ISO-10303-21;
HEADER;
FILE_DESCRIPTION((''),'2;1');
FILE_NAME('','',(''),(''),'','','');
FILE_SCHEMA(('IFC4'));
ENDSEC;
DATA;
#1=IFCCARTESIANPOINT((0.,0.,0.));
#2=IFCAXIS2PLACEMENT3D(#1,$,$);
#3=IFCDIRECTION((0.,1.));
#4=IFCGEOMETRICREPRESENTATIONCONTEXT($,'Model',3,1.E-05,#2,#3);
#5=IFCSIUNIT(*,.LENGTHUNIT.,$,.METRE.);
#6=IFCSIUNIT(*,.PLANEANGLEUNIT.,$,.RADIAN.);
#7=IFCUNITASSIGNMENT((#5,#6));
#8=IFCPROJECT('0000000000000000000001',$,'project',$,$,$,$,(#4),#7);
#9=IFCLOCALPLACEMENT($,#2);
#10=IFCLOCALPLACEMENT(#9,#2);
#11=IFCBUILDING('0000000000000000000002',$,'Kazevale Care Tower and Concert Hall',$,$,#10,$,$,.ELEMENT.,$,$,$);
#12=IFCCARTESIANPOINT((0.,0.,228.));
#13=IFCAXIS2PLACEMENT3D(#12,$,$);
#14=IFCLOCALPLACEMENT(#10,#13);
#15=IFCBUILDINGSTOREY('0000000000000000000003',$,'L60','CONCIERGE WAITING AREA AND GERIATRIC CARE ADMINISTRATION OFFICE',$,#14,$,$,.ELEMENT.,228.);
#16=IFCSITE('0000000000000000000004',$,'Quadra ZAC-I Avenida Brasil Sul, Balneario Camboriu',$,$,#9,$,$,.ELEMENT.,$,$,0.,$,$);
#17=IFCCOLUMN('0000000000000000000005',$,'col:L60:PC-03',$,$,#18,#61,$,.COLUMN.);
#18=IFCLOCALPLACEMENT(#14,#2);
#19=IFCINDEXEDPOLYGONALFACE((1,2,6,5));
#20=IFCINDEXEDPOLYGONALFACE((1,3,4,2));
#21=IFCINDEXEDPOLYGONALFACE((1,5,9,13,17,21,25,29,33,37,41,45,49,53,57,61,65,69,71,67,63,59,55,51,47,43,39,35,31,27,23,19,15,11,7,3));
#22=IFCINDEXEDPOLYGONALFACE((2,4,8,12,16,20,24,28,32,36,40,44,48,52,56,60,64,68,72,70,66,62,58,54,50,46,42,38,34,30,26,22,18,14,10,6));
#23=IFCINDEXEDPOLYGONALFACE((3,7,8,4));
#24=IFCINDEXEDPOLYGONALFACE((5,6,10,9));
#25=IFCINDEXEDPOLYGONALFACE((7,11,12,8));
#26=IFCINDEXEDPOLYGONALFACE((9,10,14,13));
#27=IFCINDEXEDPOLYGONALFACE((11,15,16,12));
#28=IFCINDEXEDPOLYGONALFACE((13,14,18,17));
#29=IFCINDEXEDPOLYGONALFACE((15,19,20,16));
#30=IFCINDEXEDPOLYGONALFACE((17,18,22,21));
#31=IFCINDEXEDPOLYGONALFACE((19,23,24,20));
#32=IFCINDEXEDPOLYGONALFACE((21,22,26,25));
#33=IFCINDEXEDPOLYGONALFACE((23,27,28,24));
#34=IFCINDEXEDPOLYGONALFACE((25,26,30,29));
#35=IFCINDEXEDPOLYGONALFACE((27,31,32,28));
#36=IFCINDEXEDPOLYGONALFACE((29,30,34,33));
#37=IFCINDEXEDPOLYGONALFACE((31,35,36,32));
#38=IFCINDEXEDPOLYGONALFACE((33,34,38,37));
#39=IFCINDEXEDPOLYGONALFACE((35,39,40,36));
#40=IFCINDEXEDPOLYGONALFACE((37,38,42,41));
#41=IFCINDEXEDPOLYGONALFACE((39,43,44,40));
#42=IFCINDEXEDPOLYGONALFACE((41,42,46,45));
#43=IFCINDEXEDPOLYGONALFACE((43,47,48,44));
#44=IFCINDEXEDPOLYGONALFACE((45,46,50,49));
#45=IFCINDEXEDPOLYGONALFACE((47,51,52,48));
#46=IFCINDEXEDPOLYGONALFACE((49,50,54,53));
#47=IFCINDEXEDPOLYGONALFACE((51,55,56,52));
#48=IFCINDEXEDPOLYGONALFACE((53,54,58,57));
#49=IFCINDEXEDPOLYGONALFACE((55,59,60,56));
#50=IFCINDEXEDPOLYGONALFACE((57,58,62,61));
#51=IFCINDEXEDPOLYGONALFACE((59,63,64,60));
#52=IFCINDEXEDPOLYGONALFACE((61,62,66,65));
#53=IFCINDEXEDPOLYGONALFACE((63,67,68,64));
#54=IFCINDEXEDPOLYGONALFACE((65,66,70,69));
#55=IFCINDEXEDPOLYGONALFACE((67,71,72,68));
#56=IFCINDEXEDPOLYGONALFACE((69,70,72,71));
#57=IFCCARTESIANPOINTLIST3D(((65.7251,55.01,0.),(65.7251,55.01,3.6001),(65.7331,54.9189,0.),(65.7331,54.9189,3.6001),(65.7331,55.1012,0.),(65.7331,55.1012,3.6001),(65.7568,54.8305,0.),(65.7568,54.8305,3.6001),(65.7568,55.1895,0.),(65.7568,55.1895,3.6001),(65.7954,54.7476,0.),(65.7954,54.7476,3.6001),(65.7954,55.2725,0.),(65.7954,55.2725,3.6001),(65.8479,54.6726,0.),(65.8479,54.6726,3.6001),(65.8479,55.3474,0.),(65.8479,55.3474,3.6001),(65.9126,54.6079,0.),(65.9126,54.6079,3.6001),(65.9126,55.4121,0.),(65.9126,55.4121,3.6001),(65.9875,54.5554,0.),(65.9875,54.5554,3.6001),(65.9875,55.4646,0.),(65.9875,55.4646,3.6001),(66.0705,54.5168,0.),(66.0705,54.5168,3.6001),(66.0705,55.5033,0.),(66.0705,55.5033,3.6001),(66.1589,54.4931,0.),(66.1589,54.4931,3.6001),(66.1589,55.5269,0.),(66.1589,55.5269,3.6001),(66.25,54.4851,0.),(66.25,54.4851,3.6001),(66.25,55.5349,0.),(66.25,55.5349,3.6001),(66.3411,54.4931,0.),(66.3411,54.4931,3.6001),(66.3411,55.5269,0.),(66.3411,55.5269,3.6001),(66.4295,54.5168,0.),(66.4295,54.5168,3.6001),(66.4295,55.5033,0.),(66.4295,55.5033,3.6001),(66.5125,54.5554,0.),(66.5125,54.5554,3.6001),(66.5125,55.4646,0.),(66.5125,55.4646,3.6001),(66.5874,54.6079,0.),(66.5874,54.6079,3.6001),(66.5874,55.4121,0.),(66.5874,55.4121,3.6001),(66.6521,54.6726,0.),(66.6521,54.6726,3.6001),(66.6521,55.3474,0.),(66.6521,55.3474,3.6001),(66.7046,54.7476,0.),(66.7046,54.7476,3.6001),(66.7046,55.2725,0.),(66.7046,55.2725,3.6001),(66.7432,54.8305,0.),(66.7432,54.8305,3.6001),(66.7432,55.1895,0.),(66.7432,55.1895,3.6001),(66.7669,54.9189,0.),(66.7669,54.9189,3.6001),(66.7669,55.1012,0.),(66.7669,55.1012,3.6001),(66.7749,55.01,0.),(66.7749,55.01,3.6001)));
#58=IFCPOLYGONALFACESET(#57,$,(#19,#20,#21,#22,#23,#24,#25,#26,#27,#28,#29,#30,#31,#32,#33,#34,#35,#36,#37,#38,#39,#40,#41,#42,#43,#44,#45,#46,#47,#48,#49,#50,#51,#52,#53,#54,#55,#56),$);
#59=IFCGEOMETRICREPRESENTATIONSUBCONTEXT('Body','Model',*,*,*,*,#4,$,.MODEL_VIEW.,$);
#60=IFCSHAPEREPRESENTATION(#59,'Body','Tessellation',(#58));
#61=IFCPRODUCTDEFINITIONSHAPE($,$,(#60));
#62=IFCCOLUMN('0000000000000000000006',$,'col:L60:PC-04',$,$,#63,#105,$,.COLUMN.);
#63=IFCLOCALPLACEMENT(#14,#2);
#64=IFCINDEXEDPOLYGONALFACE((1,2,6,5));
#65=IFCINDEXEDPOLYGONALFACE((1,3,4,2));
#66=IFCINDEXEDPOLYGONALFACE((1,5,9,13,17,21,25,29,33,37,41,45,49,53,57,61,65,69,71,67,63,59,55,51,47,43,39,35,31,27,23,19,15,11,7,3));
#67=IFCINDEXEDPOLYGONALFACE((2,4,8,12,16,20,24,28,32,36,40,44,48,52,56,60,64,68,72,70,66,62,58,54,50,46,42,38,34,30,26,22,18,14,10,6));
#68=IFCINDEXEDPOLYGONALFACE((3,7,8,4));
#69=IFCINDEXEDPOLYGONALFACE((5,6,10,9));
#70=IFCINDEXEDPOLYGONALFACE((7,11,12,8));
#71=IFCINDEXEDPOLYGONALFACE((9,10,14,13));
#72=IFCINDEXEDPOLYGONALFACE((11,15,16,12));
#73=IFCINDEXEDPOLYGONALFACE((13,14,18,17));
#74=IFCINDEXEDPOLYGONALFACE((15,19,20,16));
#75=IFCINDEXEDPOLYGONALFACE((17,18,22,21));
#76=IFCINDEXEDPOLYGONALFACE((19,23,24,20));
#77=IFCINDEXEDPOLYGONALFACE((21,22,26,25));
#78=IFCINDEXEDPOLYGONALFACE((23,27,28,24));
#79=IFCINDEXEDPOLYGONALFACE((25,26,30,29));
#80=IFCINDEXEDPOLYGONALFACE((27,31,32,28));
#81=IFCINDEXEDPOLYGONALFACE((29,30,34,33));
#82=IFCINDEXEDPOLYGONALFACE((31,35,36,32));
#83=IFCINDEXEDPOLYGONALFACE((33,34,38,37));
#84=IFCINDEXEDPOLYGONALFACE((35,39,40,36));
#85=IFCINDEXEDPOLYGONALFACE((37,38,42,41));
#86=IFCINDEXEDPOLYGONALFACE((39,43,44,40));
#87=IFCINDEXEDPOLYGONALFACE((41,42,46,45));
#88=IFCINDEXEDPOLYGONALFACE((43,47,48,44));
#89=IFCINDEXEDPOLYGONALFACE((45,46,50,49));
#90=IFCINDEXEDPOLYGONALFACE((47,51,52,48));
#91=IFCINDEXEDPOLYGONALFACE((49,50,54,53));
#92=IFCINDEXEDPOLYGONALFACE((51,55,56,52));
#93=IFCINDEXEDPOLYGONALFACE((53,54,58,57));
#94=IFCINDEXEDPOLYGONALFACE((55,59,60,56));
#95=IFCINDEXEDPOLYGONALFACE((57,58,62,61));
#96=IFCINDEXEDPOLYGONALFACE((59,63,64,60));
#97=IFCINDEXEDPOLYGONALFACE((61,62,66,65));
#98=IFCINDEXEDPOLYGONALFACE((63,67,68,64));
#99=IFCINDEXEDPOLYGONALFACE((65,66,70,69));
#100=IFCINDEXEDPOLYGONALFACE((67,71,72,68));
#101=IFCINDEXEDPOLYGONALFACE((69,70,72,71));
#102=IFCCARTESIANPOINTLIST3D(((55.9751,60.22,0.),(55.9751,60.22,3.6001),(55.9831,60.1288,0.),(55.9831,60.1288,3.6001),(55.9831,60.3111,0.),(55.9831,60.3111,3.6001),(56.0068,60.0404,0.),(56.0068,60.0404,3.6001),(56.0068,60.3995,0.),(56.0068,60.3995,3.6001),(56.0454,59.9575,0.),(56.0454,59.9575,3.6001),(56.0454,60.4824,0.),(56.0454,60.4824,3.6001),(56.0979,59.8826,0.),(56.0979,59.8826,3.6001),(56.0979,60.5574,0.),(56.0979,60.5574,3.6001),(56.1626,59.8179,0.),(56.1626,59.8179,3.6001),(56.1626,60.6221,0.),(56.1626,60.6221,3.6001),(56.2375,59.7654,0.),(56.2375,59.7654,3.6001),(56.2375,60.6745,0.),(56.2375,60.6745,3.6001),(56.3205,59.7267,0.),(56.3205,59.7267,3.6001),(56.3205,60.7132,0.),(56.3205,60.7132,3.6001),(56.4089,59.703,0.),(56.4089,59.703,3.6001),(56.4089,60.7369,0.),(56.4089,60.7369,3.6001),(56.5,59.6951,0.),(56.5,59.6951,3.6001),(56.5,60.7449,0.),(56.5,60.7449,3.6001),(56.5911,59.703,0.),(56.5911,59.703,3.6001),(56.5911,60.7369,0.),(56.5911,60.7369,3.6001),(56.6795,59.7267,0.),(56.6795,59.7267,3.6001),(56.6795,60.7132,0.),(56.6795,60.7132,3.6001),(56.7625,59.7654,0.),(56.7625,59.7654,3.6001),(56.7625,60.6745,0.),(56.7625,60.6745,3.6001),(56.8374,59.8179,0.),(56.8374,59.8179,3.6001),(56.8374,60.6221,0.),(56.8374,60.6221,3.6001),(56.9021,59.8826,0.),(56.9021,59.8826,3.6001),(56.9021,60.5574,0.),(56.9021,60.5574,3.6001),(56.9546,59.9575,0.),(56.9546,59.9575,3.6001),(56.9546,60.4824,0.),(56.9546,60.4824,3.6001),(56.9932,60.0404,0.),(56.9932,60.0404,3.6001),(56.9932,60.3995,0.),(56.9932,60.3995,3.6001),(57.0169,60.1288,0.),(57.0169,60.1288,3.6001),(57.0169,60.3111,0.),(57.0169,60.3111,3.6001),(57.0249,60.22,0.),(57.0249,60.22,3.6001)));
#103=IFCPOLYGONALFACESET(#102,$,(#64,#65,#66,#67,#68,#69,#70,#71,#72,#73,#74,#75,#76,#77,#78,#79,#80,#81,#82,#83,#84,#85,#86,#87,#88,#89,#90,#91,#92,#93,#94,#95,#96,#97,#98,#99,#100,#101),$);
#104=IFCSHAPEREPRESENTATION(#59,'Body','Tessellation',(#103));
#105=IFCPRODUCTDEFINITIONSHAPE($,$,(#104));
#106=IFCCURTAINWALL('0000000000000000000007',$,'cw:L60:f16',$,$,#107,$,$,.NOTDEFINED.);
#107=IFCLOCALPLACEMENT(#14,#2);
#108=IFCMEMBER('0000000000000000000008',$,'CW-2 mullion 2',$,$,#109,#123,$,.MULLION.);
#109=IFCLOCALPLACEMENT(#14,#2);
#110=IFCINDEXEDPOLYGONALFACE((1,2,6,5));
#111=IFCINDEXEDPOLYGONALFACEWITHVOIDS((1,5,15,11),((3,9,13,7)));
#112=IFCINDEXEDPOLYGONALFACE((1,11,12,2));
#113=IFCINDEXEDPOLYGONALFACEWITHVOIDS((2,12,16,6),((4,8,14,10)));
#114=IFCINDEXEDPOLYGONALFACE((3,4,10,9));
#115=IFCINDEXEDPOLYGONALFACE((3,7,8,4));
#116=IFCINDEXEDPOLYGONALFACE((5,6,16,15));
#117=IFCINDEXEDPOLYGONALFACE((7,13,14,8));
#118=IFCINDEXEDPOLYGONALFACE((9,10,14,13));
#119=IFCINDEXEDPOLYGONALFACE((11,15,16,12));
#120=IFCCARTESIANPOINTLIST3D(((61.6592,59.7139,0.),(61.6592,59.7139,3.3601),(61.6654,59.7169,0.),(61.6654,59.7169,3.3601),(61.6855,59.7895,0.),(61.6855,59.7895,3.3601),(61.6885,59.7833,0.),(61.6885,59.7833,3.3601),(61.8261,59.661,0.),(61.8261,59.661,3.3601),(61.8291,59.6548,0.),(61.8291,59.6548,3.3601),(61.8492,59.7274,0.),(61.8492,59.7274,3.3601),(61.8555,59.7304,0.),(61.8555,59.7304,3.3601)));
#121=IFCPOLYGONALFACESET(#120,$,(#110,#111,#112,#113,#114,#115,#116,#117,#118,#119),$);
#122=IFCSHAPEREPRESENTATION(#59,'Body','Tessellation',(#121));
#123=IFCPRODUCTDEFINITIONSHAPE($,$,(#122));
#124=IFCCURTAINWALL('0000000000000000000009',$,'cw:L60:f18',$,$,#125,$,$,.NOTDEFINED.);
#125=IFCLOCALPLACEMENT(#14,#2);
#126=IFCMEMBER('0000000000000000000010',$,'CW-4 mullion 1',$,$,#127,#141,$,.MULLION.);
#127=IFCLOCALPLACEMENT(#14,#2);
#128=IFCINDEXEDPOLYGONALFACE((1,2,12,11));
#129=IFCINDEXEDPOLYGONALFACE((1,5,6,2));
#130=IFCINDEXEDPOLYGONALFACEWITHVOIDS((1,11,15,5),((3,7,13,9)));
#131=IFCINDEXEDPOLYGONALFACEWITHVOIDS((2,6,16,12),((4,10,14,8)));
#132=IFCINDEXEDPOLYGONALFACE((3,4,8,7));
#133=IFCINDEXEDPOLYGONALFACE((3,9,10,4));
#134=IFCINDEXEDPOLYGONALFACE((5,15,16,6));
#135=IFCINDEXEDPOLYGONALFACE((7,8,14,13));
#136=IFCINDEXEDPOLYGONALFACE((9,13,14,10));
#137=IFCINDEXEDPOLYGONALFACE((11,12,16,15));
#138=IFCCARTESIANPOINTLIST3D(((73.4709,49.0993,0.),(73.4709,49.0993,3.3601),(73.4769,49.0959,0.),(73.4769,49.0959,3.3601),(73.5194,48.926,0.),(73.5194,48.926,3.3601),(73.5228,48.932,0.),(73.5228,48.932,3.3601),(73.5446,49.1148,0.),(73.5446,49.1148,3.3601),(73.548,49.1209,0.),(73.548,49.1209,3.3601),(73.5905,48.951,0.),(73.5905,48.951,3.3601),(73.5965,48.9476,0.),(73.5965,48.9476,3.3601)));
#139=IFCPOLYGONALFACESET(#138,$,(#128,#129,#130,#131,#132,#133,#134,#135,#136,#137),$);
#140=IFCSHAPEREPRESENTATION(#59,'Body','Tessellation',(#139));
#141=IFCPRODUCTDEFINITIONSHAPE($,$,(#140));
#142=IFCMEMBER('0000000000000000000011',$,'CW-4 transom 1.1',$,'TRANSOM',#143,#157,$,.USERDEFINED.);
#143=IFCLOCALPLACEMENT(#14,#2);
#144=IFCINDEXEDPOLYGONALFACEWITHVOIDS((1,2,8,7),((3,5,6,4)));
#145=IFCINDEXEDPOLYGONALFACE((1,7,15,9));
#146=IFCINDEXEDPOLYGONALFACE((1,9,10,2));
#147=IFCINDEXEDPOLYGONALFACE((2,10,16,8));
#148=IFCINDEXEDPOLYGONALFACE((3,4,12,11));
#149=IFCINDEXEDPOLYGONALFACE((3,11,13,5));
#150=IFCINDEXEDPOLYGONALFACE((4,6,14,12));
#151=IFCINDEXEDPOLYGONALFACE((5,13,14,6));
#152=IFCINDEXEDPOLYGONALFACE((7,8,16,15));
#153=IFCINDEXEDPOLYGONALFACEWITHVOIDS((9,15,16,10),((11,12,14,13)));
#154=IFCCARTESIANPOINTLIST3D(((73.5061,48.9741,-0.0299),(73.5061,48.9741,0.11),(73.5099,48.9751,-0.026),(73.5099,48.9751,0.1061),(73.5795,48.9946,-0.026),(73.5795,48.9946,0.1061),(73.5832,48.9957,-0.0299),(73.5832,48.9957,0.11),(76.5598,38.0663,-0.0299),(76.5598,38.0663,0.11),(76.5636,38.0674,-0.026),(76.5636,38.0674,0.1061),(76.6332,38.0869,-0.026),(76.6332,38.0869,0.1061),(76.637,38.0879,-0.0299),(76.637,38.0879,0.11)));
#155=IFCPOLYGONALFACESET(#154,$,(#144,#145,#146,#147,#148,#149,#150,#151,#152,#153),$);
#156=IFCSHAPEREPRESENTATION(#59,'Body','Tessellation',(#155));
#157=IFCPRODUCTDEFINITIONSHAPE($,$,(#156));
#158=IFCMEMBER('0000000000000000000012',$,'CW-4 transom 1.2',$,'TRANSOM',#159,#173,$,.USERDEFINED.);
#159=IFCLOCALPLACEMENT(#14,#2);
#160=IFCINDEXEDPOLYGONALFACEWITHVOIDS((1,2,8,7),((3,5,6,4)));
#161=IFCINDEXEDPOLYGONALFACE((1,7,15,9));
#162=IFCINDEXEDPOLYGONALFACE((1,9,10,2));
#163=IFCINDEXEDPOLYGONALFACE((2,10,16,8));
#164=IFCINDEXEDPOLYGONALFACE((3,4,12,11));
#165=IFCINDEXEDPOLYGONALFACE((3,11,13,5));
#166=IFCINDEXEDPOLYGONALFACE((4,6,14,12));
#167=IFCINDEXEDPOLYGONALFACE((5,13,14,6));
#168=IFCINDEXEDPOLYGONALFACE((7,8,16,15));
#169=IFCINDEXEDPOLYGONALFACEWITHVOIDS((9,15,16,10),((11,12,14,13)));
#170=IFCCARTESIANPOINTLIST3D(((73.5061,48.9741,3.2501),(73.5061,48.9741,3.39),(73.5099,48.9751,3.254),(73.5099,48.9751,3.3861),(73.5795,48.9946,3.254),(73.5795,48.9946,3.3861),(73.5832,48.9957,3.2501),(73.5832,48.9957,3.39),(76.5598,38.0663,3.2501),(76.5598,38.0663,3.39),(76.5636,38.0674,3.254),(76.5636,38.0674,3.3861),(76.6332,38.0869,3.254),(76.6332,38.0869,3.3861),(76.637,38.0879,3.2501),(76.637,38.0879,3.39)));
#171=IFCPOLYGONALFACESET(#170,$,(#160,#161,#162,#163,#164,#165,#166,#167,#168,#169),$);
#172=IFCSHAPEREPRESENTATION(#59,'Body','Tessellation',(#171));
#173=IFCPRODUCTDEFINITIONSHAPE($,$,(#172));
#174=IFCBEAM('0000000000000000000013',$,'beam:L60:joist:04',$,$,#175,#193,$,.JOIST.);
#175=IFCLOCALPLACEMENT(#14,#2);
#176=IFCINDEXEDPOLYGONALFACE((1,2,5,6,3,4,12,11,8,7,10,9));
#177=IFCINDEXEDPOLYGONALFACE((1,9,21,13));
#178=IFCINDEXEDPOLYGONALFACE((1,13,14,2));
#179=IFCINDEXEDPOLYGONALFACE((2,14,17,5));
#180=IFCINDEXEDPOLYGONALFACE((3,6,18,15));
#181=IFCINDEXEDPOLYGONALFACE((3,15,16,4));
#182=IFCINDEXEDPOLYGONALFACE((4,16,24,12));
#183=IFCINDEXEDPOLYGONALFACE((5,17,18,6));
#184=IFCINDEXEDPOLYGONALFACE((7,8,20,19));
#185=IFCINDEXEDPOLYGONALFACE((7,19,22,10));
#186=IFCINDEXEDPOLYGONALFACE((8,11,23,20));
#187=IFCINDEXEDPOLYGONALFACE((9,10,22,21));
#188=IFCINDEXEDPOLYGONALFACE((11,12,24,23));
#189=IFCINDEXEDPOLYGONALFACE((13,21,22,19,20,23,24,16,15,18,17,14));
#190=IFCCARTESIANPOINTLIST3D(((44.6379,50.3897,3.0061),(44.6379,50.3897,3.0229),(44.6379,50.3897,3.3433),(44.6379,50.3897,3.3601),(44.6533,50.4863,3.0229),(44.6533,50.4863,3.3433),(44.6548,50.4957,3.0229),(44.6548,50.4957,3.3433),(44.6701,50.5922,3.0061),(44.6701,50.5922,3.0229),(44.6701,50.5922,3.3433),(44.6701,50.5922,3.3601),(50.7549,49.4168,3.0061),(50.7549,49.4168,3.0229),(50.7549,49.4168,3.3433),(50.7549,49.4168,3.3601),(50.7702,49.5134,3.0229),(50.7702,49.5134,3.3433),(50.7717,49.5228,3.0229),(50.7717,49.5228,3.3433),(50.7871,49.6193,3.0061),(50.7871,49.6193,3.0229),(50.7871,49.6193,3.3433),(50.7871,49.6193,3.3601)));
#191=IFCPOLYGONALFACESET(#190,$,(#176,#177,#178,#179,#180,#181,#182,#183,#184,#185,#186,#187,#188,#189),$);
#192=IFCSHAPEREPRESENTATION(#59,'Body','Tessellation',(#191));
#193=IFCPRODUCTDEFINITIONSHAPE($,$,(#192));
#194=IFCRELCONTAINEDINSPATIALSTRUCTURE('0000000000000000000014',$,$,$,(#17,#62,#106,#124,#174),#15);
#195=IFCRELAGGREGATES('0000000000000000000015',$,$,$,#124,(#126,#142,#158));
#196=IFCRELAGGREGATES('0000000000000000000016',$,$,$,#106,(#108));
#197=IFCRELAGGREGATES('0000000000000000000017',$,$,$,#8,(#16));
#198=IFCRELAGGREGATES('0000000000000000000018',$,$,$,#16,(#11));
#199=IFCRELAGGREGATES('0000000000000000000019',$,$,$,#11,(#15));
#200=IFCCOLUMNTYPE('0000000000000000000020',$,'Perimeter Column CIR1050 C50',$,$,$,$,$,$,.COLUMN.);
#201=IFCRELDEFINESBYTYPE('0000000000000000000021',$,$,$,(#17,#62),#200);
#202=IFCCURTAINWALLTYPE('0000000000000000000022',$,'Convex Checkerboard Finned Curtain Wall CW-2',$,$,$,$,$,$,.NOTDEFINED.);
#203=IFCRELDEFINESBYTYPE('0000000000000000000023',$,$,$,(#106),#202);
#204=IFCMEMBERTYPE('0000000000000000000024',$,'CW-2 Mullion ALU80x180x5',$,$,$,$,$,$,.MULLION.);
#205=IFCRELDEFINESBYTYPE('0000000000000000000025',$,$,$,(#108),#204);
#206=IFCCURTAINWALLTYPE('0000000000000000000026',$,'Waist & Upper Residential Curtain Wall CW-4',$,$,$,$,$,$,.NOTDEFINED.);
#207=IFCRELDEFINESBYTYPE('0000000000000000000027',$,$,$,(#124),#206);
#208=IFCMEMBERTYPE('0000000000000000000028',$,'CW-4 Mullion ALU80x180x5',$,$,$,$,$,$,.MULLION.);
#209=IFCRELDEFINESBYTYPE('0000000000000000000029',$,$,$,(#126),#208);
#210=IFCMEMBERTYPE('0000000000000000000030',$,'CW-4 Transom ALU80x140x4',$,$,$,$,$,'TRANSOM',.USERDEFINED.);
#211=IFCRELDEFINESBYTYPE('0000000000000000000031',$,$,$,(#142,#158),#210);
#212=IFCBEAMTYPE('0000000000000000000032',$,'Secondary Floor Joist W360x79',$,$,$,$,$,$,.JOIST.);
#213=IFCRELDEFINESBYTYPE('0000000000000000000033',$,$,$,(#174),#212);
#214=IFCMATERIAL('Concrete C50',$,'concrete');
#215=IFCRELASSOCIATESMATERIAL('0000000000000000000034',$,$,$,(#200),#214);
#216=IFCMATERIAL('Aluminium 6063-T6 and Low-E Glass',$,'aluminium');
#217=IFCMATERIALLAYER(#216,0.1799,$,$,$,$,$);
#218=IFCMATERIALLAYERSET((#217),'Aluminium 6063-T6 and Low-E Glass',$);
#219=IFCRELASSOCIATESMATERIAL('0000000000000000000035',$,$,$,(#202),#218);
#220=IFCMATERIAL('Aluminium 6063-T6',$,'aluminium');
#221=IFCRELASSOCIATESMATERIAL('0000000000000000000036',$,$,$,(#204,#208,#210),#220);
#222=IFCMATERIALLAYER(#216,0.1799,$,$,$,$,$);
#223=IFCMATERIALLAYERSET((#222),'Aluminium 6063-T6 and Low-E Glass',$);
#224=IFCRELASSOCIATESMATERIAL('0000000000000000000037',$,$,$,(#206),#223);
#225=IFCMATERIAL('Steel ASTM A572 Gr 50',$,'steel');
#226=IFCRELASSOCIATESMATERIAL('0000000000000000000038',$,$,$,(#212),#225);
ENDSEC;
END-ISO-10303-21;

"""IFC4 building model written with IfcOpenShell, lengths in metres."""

from ifc_helpers import new_model, si_unit, direction, frame, origin, origin_2d, place, context, subcontext, project, spatial, hollow_rectangle, circle, i_section, extrude, material, layer, layer_set, material_profile, profile_set, type_object, element, aggregate, save


model = new_model("IFC4")

# Units and contexts
model_context = context("Model", 3, precision=1e-05, world=origin(), true_north=direction((0.0, 1.0)))
body_context = subcontext(model_context, "Body", "Model", "MODEL_VIEW")
ifc_project = project(units=[si_unit("LENGTHUNIT", "METRE"), si_unit("PLANEANGLEUNIT", "RADIAN")], contexts=[model_context])

# Site, building, storey
site_placement = place(None, origin())
site = spatial("IfcSite", under=ifc_project, at=site_placement, Name="Quadra ZAC-I Avenida Brasil Sul, Balneario Camboriu", CompositionType="ELEMENT", RefElevation=0.0)
building_placement = place(site_placement, origin())
building = spatial("IfcBuilding", under=site, at=building_placement, Name="Kazevale Care Tower and Concert Hall", CompositionType="ELEMENT")
storey_placement = place(building_placement, frame((0.0, 0.0, 228.0)))
storey = spatial("IfcBuildingStorey", under=building, at=storey_placement, Name="L60", Description="CONCIERGE WAITING AREA AND GERIATRIC CARE ADMINISTRATION OFFICE", CompositionType="ELEMENT", Elevation=228.0)

# Columns
ifc_material_1 = material(Name="Concrete C50", Category="concrete")
ifc_material_profile_1 = material_profile(ifc_material_1, circle(Radius=0.5249, at=origin_2d()), Name="RC-CIR1050")
ifc_profile_set_1 = profile_set([ifc_material_profile_1], Name="Concrete C50")
column_type = type_object("IfcColumnType", Name="Perimeter Column CIR1050 C50", PredefinedType="COLUMN", material=ifc_profile_set_1)
for number, where, z_axis, x_axis, name in (
    (1, (66.25, 55.01, 0.0), (0.0, 0.0, 1.0), (1.0, 0.0, 0.0), "col:L60:PC-03"),
    (2, (56.5, 60.22, 0.0), (0.0, 0.0, 1.0), (1.0, 0.0, 0.0), "col:L60:PC-04"),
):
    element("IfcColumn", number, at=place(storey_placement, frame(where, z_axis=z_axis, x_axis=x_axis)), inside=storey, type_object=column_type, Name=name, PredefinedType="COLUMN", context=body_context, shape_type="SweptSolid", body=[
        extrude(circle(Radius=0.5249, at=origin_2d()), origin(), (0.0, 0.0, 1.0), 3.6001),
    ])

# Curtain wall, member
ifc_material_2 = material(Name="Aluminium 6063-T6 and Low-E Glass", Category="aluminium")
ifc_layer_1 = layer(ifc_material_2, 0.1799)
ifc_layer_set_1 = layer_set([ifc_layer_1], Name="Aluminium 6063-T6 and Low-E Glass")
curtain_wall_type_1 = type_object("IfcCurtainWallType", Name="Convex Checkerboard Finned Curtain Wall CW-2", PredefinedType="NOTDEFINED", material=ifc_layer_set_1)
curtain_wall_1_placement = place(storey_placement, origin())
curtain_wall_1 = element("IfcCurtainWall", 3, at=curtain_wall_1_placement, inside=storey, type_object=curtain_wall_type_1, Name="cw:L60:f16", PredefinedType="NOTDEFINED")
ifc_material_3 = material(Name="Aluminium 6063-T6", Category="aluminium")
ifc_material_profile_2 = material_profile(ifc_material_3, hollow_rectangle(XDim=0.0801, YDim=0.1799, WallThickness=0.0049, at=origin_2d()), Name="ALU80x180x5")
ifc_profile_set_2 = profile_set([ifc_material_profile_2], Name="Aluminium 6063-T6")
member_type_1 = type_object("IfcMemberType", Name="CW-2 Mullion ALU80x180x5", PredefinedType="MULLION", material=ifc_profile_set_2)
member_1_placement = place(storey_placement, frame((61.7573, 59.7222, 0.0), z_axis=(0.0, 0.0, 1.0), x_axis=(0.328584, 0.944475, 0.0)))
member_1 = element("IfcMember", 4, at=member_1_placement, type_object=member_type_1, Name="CW-2 mullion 2", PredefinedType="MULLION", context=body_context, shape_type="SweptSolid", body=[
    extrude(hollow_rectangle(XDim=0.0801, YDim=0.1799, WallThickness=0.0049, at=origin_2d()), origin(), (0.0, 0.0, 1.0), 3.3601),
])

# Curtain wall, members
ifc_layer_2 = layer(ifc_material_2, 0.1799)
ifc_layer_set_2 = layer_set([ifc_layer_2], Name="Aluminium 6063-T6 and Low-E Glass")
curtain_wall_type_2 = type_object("IfcCurtainWallType", Name="Waist & Upper Residential Curtain Wall CW-4", PredefinedType="NOTDEFINED", material=ifc_layer_set_2)
curtain_wall_2_placement = place(storey_placement, origin())
curtain_wall_2 = element("IfcCurtainWall", 5, at=curtain_wall_2_placement, inside=storey, type_object=curtain_wall_type_2, Name="cw:L60:f18", PredefinedType="NOTDEFINED")
ifc_material_profile_3 = material_profile(ifc_material_3, hollow_rectangle(XDim=0.0801, YDim=0.1799, WallThickness=0.0049, at=origin_2d()), Name="ALU80x180x5")
ifc_profile_set_3 = profile_set([ifc_material_profile_3], Name="Aluminium 6063-T6")
member_type_2 = type_object("IfcMemberType", Name="CW-4 Mullion ALU80x180x5", PredefinedType="MULLION", material=ifc_profile_set_3)
member_2_placement = place(storey_placement, frame((73.5337, 49.0234, 0.0), z_axis=(0.0, 0.0, 1.0), x_axis=(0.962972, 0.269601, 0.0)))
member_2 = element("IfcMember", 6, at=member_2_placement, type_object=member_type_2, Name="CW-4 mullion 1", PredefinedType="MULLION", context=body_context, shape_type="SweptSolid", body=[
    extrude(hollow_rectangle(XDim=0.0801, YDim=0.1799, WallThickness=0.0049, at=origin_2d()), origin(), (0.0, 0.0, 1.0), 3.3601),
])
ifc_material_profile_4 = material_profile(ifc_material_3, hollow_rectangle(XDim=0.0801, YDim=0.1399, WallThickness=0.0039, at=origin_2d()), Name="ALU80x140x4")
ifc_profile_set_4 = profile_set([ifc_material_profile_4], Name="Aluminium 6063-T6")
member_type_3 = type_object("IfcMemberType", Name="CW-4 Transom ALU80x140x4", ElementType="TRANSOM", PredefinedType="USERDEFINED", material=ifc_profile_set_4)
member_3_placement = place(storey_placement, frame((73.5447, 48.9849, 0.04), z_axis=(0.269593, -0.962974, 0.0), x_axis=(0.962974, 0.269593, 0.0)))
member_3 = element("IfcMember", 7, at=member_3_placement, type_object=member_type_3, Name="CW-4 transom 1.1", ObjectType="TRANSOM", PredefinedType="USERDEFINED", context=body_context, shape_type="SweptSolid", body=[
    extrude(hollow_rectangle(XDim=0.0801, YDim=0.1399, WallThickness=0.0039, at=origin_2d()), origin(), (0.0, 0.0, 1.0), 11.3271),
])
member_4_placement = place(storey_placement, frame((73.5447, 48.9849, 3.3201), z_axis=(0.269593, -0.962974, 0.0), x_axis=(0.962974, 0.269593, 0.0)))
member_4 = element("IfcMember", 8, at=member_4_placement, type_object=member_type_3, Name="CW-4 transom 1.2", ObjectType="TRANSOM", PredefinedType="USERDEFINED", context=body_context, shape_type="SweptSolid", body=[
    extrude(hollow_rectangle(XDim=0.0801, YDim=0.1399, WallThickness=0.0039, at=origin_2d()), origin(), (0.0, 0.0, 1.0), 11.3271),
])
aggregate(curtain_wall_2, [member_2, member_3, member_4])

# Beam
ifc_material_4 = material(Name="Steel ASTM A572 Gr 50", Category="steel")
ifc_material_profile_5 = material_profile(ifc_material_4, i_section(OverallWidth=0.2051, OverallDepth=0.354, WebThickness=0.0095, FlangeThickness=0.0168, at=origin_2d()), Name="W360x79")
ifc_profile_set_5 = profile_set([ifc_material_profile_5], Name="Steel ASTM A572 Gr 50")
beam_type_1 = type_object("IfcBeamType", Name="Secondary Floor Joist W360x79", PredefinedType="JOIST", material=ifc_profile_set_5)
beam_1_placement = place(storey_placement, frame((50.771, 49.5181, 3.1831), z_axis=(-0.987587, 0.157076, 0.0), x_axis=(-0.157076, -0.987587, 0.0)))
element("IfcBeam", 9, at=beam_1_placement, inside=storey, type_object=beam_type_1, Name="beam:L60:joist:04", PredefinedType="JOIST", context=body_context, shape_type="SweptSolid", body=[
    extrude(i_section(OverallWidth=0.2051, OverallDepth=0.354, WebThickness=0.0095, FlangeThickness=0.0168, at=origin_2d()), origin(), (0.0, 0.0, 1.0), 6.1938),
])

aggregate(curtain_wall_1, [member_1])

save(model, "model.ifc")
